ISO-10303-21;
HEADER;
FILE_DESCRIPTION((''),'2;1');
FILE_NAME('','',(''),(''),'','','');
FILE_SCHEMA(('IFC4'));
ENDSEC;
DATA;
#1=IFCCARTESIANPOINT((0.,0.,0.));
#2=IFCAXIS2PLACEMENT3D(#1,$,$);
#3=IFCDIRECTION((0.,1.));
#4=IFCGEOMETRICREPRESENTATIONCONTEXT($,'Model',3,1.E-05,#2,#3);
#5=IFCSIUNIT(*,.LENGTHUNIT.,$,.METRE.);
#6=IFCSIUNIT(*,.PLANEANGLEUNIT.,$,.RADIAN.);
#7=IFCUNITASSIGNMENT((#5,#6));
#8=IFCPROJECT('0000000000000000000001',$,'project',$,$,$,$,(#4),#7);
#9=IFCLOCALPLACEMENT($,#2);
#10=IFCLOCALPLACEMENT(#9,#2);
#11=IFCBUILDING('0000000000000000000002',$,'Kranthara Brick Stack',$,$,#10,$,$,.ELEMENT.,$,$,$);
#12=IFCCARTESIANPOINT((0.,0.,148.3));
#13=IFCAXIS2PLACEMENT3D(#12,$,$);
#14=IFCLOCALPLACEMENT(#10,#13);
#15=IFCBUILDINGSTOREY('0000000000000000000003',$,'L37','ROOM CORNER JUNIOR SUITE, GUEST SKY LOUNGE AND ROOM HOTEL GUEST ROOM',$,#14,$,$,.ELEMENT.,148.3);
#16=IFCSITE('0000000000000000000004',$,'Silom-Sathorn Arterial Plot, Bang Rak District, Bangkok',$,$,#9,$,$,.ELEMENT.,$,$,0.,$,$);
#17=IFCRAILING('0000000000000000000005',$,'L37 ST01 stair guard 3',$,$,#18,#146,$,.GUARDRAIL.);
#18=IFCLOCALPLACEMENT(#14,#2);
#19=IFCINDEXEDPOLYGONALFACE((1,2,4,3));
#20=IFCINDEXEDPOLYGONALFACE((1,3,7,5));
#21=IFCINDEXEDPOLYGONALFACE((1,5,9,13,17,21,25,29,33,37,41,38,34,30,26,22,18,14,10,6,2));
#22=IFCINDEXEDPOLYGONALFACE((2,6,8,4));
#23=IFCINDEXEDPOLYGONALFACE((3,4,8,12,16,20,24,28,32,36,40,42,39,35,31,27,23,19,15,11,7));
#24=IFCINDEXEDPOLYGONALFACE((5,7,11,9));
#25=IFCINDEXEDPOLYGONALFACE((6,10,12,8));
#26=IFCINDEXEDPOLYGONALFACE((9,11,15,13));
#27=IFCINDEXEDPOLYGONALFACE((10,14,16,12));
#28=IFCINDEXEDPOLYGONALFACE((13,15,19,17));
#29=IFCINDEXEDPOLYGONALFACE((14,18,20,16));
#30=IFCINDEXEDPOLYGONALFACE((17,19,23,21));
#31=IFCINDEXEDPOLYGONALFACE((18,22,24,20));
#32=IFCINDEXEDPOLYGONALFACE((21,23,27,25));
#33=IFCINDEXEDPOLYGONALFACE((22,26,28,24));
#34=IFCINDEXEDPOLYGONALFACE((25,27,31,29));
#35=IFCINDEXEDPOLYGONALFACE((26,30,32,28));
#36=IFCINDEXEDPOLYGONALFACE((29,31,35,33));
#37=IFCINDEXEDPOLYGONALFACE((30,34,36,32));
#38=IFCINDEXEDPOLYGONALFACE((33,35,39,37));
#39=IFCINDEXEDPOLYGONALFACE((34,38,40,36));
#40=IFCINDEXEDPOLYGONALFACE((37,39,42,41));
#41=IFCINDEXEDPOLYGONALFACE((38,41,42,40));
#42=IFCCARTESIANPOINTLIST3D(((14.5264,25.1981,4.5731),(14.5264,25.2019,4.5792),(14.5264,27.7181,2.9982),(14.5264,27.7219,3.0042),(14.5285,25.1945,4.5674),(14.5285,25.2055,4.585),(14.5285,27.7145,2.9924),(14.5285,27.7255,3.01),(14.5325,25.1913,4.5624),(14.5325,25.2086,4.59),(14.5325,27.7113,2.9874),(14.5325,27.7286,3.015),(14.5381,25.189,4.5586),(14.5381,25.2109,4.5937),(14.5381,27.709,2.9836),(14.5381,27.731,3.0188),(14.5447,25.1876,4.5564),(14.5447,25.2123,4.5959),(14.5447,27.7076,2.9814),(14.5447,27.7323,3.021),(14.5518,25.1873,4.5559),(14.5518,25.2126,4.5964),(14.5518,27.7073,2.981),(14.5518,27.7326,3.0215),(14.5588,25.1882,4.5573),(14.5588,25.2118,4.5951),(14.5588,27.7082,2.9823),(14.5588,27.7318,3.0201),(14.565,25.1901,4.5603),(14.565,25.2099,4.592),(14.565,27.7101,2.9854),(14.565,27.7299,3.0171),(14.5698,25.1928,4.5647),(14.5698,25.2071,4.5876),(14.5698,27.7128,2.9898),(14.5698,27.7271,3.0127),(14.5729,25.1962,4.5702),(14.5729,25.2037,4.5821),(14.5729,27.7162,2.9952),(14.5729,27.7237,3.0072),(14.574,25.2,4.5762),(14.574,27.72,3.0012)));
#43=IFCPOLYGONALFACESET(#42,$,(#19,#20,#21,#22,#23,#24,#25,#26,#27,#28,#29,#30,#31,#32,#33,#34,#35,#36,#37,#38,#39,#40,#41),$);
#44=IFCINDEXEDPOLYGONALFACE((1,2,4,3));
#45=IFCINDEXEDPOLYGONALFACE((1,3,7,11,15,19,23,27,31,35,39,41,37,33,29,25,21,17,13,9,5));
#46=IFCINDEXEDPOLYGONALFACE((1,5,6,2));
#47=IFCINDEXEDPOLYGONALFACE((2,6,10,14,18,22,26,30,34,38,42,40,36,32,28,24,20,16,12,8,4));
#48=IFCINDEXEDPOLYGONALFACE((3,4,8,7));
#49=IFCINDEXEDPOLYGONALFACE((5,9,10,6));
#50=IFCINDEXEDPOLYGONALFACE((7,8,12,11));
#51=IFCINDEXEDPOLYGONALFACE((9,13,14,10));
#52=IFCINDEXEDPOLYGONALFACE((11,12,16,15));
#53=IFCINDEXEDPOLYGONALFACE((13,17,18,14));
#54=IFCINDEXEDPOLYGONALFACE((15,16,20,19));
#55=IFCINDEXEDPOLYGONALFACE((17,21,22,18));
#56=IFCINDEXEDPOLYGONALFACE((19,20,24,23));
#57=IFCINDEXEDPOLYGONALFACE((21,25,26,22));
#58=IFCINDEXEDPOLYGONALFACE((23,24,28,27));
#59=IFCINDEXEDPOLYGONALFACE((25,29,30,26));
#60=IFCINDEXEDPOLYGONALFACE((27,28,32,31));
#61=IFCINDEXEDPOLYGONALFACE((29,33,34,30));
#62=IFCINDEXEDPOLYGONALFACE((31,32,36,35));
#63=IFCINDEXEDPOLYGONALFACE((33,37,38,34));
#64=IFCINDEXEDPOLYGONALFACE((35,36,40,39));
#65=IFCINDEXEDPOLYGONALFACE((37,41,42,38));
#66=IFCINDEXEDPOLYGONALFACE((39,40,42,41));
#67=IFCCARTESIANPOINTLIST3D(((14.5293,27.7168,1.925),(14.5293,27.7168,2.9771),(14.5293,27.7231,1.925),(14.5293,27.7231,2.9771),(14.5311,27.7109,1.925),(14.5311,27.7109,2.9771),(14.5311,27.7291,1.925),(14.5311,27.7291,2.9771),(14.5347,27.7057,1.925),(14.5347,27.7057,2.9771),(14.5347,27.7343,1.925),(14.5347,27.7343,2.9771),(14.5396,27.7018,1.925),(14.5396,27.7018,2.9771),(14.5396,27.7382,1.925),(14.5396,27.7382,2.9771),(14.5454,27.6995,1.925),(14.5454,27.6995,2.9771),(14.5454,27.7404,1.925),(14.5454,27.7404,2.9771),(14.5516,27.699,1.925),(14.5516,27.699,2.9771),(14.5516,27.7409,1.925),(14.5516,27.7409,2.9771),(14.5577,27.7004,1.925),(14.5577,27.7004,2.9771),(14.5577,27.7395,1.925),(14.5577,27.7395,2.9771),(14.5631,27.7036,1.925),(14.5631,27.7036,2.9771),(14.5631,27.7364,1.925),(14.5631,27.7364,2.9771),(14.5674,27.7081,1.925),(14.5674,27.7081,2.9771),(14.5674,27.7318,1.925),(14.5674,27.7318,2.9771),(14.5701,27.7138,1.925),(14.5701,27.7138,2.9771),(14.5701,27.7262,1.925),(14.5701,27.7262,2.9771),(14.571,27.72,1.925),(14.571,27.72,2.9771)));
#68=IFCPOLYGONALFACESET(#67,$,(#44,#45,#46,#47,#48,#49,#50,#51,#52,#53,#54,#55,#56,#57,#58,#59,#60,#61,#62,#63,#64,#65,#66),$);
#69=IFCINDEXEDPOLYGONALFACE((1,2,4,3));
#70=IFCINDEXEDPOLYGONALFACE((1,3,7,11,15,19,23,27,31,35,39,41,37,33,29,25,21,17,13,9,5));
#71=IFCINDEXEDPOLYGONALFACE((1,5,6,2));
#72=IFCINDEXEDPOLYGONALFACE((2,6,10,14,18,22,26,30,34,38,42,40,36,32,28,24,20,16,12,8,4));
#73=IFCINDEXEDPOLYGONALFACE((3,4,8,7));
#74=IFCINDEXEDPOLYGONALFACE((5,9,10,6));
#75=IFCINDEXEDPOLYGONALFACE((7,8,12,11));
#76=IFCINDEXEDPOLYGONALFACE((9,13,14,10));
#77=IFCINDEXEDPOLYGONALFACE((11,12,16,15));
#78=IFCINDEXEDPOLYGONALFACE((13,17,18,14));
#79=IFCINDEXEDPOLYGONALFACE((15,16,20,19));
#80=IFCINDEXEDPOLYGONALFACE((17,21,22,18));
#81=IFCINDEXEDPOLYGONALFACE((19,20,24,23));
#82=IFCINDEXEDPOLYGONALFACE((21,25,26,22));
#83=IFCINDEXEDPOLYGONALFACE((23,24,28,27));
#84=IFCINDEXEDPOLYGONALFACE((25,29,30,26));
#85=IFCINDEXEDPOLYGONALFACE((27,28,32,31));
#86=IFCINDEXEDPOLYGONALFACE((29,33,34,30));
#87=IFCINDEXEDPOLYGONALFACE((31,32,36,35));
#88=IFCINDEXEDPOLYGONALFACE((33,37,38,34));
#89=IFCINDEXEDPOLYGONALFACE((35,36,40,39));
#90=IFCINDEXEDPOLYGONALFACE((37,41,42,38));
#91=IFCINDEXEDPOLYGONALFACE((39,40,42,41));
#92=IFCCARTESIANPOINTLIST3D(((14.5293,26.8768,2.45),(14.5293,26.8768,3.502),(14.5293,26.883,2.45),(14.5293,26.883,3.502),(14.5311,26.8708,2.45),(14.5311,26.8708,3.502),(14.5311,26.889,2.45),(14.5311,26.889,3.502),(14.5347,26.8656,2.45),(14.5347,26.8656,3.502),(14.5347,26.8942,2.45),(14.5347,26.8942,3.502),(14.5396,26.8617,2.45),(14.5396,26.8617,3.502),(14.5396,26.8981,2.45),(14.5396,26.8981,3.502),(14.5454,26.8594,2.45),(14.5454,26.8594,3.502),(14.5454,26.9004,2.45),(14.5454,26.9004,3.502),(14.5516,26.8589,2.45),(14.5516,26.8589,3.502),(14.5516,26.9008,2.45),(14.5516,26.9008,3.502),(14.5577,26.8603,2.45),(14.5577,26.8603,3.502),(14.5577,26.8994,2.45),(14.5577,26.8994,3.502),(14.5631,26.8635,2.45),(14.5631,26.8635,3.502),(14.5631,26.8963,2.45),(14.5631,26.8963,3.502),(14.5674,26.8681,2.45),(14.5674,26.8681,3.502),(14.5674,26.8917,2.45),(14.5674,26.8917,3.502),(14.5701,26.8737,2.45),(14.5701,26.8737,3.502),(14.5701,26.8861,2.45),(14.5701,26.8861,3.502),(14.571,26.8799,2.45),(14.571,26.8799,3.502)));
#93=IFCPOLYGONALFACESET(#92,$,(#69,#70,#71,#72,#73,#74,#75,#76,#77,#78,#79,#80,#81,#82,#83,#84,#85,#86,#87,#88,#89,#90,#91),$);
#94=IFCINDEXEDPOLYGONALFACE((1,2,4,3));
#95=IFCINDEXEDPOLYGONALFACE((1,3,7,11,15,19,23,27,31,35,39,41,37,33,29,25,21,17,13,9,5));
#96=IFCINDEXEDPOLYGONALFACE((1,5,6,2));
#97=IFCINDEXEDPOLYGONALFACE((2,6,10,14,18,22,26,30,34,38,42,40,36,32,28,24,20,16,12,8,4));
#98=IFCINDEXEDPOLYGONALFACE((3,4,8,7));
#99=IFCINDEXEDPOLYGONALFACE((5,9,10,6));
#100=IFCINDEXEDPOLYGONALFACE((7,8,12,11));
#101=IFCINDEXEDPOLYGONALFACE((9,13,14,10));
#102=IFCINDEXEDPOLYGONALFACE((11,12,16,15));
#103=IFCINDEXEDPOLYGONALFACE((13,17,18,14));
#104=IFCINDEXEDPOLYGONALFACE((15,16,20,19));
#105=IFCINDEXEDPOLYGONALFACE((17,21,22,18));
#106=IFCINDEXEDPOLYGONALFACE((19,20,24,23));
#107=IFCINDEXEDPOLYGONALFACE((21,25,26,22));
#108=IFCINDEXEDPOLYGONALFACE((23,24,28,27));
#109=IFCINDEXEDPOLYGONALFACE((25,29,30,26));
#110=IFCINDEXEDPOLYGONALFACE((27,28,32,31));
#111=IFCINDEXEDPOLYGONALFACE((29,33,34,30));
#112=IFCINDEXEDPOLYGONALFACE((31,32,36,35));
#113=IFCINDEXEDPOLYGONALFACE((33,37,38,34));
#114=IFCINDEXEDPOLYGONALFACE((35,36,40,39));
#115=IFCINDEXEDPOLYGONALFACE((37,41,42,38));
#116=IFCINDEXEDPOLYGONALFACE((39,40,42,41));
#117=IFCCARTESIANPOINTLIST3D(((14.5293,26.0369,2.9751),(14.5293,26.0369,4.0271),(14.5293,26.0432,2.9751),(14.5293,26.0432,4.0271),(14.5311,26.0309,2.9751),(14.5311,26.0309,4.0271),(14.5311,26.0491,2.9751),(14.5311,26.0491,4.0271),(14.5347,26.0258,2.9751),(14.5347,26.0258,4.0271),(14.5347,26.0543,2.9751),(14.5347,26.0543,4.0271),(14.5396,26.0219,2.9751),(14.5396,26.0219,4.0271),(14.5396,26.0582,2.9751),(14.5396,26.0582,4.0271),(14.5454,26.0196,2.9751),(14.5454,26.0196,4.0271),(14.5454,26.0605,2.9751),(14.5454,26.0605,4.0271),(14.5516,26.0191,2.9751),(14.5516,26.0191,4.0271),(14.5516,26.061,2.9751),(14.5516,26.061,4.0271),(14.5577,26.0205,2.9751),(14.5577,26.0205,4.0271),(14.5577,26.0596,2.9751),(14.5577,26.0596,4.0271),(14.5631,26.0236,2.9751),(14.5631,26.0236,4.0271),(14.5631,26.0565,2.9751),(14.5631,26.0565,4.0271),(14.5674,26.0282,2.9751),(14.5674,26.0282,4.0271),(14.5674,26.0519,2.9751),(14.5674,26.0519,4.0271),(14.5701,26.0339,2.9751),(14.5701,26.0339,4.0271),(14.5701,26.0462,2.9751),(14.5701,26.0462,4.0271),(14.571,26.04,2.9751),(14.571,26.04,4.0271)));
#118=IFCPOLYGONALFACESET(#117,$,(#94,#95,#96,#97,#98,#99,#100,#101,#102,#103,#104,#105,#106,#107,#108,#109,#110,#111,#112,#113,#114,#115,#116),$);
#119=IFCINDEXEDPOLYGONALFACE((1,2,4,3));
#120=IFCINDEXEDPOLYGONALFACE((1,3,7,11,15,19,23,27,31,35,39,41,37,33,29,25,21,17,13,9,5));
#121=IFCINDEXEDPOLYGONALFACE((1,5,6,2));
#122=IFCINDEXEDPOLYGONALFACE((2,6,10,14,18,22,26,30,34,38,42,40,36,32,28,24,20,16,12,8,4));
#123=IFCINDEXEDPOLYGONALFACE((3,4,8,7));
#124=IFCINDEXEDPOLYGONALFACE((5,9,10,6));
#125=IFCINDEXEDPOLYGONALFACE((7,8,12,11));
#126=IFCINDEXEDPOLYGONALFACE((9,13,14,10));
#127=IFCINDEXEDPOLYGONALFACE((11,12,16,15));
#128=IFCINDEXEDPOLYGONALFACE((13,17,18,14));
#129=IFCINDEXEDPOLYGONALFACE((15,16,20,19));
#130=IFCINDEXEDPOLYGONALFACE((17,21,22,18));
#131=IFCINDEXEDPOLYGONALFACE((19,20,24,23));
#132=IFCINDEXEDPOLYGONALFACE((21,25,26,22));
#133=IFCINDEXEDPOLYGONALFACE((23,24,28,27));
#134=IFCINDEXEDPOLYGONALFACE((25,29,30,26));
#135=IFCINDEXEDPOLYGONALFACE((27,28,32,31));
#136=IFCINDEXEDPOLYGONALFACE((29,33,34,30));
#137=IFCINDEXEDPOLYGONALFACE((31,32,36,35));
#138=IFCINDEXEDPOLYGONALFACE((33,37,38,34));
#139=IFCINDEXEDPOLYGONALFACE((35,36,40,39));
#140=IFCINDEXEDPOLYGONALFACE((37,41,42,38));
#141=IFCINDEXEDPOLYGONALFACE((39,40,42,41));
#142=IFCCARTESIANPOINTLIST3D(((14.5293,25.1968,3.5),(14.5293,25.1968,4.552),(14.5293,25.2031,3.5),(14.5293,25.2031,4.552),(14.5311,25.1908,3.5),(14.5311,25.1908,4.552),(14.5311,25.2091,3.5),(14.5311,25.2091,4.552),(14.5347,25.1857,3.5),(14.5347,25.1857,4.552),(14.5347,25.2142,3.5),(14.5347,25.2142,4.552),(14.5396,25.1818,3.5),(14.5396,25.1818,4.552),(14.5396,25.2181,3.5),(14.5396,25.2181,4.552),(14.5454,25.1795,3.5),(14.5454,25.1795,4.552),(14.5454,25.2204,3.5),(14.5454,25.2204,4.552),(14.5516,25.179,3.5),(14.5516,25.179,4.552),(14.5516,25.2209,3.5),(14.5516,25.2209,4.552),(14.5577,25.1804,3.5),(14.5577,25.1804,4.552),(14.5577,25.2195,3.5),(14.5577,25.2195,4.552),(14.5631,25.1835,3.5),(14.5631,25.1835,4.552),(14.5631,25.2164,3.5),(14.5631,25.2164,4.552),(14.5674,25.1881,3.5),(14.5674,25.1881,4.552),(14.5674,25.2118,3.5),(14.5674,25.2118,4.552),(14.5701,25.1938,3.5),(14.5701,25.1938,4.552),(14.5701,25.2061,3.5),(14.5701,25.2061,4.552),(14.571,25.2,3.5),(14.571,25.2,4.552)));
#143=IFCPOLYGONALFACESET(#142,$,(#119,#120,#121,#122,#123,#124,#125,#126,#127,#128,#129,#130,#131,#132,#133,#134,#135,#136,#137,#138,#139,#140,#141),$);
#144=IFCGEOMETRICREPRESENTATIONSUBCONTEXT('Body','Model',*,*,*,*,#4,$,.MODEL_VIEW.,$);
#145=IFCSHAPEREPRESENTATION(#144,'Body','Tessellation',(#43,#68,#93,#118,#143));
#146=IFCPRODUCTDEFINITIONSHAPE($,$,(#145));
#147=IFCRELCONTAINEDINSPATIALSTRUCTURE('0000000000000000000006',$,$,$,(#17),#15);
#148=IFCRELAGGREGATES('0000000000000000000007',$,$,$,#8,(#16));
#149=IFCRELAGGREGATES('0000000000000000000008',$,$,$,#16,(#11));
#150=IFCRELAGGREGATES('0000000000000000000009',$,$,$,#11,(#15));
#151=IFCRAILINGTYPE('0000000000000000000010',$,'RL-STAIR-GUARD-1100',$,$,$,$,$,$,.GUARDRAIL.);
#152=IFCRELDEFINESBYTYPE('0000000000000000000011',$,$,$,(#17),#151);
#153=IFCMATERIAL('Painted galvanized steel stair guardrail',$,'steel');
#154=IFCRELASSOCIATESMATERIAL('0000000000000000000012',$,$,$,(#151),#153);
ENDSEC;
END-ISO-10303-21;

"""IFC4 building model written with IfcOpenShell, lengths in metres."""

from ifc_helpers import new_model, si_unit, direction, frame, origin, origin_2d, place, context, subcontext, project, spatial, circle, extrude, material, type_object, element, save


model = new_model("IFC4")

# Units and contexts
model_context = context("Model", 3, precision=1e-05, world=origin(), true_north=direction((0.0, 1.0)))
body_context = subcontext(model_context, "Body", "Model", "MODEL_VIEW")
ifc_project = project(units=[si_unit("LENGTHUNIT", "METRE"), si_unit("PLANEANGLEUNIT", "RADIAN")], contexts=[model_context])

# Site, building, storey
site_placement = place(None, origin())
site = spatial("IfcSite", under=ifc_project, at=site_placement, Name="Silom-Sathorn Arterial Plot, Bang Rak District, Bangkok", CompositionType="ELEMENT", RefElevation=0.0)
building_placement = place(site_placement, origin())
building = spatial("IfcBuilding", under=site, at=building_placement, Name="Kranthara Brick Stack", CompositionType="ELEMENT")
storey_placement = place(building_placement, frame((0.0, 0.0, 148.3)))
storey = spatial("IfcBuildingStorey", under=building, at=storey_placement, Name="L37", Description="ROOM CORNER JUNIOR SUITE, GUEST SKY LOUNGE AND ROOM HOTEL GUEST ROOM", CompositionType="ELEMENT", Elevation=148.3)

# Railing
ifc_material_1 = material(Name="Painted galvanized steel stair guardrail", Category="steel")
railing_type_1 = type_object("IfcRailingType", Name="RL-STAIR-GUARD-1100", PredefinedType="GUARDRAIL", material=ifc_material_1)
railing_1_placement = place(storey_placement, frame((14.55, 27.72, 1.925)))
element("IfcRailing", 1, at=railing_1_placement, inside=storey, type_object=railing_type_1, Name="L37 ST01 stair guard 3", PredefinedType="GUARDRAIL", context=body_context, shape_type="SweptSolid", body=[
    extrude(circle(Radius=0.0239, at=origin_2d()), frame((0.0, 0.0, 1.0762), z_axis=(0.0, -0.848008, 0.529984), x_axis=(1.0, 0.0, 0.0)), (0.0, 0.0, 1.0), 2.9717),
    extrude(circle(Radius=0.021, at=origin_2d()), origin(), (0.0, 0.0, 1.0), 1.052),
    extrude(circle(Radius=0.021, at=origin_2d()), frame((0.0, -0.8401, 0.5249)), (0.0, 0.0, 1.0), 1.052),
    extrude(circle(Radius=0.021, at=origin_2d()), frame((0.0, -1.6799, 1.05)), (0.0, 0.0, 1.0), 1.052),
    extrude(circle(Radius=0.021, at=origin_2d()), frame((0.0, -2.52, 1.575)), (0.0, 0.0, 1.0), 1.052),
])

save(model, "model.ifc")
